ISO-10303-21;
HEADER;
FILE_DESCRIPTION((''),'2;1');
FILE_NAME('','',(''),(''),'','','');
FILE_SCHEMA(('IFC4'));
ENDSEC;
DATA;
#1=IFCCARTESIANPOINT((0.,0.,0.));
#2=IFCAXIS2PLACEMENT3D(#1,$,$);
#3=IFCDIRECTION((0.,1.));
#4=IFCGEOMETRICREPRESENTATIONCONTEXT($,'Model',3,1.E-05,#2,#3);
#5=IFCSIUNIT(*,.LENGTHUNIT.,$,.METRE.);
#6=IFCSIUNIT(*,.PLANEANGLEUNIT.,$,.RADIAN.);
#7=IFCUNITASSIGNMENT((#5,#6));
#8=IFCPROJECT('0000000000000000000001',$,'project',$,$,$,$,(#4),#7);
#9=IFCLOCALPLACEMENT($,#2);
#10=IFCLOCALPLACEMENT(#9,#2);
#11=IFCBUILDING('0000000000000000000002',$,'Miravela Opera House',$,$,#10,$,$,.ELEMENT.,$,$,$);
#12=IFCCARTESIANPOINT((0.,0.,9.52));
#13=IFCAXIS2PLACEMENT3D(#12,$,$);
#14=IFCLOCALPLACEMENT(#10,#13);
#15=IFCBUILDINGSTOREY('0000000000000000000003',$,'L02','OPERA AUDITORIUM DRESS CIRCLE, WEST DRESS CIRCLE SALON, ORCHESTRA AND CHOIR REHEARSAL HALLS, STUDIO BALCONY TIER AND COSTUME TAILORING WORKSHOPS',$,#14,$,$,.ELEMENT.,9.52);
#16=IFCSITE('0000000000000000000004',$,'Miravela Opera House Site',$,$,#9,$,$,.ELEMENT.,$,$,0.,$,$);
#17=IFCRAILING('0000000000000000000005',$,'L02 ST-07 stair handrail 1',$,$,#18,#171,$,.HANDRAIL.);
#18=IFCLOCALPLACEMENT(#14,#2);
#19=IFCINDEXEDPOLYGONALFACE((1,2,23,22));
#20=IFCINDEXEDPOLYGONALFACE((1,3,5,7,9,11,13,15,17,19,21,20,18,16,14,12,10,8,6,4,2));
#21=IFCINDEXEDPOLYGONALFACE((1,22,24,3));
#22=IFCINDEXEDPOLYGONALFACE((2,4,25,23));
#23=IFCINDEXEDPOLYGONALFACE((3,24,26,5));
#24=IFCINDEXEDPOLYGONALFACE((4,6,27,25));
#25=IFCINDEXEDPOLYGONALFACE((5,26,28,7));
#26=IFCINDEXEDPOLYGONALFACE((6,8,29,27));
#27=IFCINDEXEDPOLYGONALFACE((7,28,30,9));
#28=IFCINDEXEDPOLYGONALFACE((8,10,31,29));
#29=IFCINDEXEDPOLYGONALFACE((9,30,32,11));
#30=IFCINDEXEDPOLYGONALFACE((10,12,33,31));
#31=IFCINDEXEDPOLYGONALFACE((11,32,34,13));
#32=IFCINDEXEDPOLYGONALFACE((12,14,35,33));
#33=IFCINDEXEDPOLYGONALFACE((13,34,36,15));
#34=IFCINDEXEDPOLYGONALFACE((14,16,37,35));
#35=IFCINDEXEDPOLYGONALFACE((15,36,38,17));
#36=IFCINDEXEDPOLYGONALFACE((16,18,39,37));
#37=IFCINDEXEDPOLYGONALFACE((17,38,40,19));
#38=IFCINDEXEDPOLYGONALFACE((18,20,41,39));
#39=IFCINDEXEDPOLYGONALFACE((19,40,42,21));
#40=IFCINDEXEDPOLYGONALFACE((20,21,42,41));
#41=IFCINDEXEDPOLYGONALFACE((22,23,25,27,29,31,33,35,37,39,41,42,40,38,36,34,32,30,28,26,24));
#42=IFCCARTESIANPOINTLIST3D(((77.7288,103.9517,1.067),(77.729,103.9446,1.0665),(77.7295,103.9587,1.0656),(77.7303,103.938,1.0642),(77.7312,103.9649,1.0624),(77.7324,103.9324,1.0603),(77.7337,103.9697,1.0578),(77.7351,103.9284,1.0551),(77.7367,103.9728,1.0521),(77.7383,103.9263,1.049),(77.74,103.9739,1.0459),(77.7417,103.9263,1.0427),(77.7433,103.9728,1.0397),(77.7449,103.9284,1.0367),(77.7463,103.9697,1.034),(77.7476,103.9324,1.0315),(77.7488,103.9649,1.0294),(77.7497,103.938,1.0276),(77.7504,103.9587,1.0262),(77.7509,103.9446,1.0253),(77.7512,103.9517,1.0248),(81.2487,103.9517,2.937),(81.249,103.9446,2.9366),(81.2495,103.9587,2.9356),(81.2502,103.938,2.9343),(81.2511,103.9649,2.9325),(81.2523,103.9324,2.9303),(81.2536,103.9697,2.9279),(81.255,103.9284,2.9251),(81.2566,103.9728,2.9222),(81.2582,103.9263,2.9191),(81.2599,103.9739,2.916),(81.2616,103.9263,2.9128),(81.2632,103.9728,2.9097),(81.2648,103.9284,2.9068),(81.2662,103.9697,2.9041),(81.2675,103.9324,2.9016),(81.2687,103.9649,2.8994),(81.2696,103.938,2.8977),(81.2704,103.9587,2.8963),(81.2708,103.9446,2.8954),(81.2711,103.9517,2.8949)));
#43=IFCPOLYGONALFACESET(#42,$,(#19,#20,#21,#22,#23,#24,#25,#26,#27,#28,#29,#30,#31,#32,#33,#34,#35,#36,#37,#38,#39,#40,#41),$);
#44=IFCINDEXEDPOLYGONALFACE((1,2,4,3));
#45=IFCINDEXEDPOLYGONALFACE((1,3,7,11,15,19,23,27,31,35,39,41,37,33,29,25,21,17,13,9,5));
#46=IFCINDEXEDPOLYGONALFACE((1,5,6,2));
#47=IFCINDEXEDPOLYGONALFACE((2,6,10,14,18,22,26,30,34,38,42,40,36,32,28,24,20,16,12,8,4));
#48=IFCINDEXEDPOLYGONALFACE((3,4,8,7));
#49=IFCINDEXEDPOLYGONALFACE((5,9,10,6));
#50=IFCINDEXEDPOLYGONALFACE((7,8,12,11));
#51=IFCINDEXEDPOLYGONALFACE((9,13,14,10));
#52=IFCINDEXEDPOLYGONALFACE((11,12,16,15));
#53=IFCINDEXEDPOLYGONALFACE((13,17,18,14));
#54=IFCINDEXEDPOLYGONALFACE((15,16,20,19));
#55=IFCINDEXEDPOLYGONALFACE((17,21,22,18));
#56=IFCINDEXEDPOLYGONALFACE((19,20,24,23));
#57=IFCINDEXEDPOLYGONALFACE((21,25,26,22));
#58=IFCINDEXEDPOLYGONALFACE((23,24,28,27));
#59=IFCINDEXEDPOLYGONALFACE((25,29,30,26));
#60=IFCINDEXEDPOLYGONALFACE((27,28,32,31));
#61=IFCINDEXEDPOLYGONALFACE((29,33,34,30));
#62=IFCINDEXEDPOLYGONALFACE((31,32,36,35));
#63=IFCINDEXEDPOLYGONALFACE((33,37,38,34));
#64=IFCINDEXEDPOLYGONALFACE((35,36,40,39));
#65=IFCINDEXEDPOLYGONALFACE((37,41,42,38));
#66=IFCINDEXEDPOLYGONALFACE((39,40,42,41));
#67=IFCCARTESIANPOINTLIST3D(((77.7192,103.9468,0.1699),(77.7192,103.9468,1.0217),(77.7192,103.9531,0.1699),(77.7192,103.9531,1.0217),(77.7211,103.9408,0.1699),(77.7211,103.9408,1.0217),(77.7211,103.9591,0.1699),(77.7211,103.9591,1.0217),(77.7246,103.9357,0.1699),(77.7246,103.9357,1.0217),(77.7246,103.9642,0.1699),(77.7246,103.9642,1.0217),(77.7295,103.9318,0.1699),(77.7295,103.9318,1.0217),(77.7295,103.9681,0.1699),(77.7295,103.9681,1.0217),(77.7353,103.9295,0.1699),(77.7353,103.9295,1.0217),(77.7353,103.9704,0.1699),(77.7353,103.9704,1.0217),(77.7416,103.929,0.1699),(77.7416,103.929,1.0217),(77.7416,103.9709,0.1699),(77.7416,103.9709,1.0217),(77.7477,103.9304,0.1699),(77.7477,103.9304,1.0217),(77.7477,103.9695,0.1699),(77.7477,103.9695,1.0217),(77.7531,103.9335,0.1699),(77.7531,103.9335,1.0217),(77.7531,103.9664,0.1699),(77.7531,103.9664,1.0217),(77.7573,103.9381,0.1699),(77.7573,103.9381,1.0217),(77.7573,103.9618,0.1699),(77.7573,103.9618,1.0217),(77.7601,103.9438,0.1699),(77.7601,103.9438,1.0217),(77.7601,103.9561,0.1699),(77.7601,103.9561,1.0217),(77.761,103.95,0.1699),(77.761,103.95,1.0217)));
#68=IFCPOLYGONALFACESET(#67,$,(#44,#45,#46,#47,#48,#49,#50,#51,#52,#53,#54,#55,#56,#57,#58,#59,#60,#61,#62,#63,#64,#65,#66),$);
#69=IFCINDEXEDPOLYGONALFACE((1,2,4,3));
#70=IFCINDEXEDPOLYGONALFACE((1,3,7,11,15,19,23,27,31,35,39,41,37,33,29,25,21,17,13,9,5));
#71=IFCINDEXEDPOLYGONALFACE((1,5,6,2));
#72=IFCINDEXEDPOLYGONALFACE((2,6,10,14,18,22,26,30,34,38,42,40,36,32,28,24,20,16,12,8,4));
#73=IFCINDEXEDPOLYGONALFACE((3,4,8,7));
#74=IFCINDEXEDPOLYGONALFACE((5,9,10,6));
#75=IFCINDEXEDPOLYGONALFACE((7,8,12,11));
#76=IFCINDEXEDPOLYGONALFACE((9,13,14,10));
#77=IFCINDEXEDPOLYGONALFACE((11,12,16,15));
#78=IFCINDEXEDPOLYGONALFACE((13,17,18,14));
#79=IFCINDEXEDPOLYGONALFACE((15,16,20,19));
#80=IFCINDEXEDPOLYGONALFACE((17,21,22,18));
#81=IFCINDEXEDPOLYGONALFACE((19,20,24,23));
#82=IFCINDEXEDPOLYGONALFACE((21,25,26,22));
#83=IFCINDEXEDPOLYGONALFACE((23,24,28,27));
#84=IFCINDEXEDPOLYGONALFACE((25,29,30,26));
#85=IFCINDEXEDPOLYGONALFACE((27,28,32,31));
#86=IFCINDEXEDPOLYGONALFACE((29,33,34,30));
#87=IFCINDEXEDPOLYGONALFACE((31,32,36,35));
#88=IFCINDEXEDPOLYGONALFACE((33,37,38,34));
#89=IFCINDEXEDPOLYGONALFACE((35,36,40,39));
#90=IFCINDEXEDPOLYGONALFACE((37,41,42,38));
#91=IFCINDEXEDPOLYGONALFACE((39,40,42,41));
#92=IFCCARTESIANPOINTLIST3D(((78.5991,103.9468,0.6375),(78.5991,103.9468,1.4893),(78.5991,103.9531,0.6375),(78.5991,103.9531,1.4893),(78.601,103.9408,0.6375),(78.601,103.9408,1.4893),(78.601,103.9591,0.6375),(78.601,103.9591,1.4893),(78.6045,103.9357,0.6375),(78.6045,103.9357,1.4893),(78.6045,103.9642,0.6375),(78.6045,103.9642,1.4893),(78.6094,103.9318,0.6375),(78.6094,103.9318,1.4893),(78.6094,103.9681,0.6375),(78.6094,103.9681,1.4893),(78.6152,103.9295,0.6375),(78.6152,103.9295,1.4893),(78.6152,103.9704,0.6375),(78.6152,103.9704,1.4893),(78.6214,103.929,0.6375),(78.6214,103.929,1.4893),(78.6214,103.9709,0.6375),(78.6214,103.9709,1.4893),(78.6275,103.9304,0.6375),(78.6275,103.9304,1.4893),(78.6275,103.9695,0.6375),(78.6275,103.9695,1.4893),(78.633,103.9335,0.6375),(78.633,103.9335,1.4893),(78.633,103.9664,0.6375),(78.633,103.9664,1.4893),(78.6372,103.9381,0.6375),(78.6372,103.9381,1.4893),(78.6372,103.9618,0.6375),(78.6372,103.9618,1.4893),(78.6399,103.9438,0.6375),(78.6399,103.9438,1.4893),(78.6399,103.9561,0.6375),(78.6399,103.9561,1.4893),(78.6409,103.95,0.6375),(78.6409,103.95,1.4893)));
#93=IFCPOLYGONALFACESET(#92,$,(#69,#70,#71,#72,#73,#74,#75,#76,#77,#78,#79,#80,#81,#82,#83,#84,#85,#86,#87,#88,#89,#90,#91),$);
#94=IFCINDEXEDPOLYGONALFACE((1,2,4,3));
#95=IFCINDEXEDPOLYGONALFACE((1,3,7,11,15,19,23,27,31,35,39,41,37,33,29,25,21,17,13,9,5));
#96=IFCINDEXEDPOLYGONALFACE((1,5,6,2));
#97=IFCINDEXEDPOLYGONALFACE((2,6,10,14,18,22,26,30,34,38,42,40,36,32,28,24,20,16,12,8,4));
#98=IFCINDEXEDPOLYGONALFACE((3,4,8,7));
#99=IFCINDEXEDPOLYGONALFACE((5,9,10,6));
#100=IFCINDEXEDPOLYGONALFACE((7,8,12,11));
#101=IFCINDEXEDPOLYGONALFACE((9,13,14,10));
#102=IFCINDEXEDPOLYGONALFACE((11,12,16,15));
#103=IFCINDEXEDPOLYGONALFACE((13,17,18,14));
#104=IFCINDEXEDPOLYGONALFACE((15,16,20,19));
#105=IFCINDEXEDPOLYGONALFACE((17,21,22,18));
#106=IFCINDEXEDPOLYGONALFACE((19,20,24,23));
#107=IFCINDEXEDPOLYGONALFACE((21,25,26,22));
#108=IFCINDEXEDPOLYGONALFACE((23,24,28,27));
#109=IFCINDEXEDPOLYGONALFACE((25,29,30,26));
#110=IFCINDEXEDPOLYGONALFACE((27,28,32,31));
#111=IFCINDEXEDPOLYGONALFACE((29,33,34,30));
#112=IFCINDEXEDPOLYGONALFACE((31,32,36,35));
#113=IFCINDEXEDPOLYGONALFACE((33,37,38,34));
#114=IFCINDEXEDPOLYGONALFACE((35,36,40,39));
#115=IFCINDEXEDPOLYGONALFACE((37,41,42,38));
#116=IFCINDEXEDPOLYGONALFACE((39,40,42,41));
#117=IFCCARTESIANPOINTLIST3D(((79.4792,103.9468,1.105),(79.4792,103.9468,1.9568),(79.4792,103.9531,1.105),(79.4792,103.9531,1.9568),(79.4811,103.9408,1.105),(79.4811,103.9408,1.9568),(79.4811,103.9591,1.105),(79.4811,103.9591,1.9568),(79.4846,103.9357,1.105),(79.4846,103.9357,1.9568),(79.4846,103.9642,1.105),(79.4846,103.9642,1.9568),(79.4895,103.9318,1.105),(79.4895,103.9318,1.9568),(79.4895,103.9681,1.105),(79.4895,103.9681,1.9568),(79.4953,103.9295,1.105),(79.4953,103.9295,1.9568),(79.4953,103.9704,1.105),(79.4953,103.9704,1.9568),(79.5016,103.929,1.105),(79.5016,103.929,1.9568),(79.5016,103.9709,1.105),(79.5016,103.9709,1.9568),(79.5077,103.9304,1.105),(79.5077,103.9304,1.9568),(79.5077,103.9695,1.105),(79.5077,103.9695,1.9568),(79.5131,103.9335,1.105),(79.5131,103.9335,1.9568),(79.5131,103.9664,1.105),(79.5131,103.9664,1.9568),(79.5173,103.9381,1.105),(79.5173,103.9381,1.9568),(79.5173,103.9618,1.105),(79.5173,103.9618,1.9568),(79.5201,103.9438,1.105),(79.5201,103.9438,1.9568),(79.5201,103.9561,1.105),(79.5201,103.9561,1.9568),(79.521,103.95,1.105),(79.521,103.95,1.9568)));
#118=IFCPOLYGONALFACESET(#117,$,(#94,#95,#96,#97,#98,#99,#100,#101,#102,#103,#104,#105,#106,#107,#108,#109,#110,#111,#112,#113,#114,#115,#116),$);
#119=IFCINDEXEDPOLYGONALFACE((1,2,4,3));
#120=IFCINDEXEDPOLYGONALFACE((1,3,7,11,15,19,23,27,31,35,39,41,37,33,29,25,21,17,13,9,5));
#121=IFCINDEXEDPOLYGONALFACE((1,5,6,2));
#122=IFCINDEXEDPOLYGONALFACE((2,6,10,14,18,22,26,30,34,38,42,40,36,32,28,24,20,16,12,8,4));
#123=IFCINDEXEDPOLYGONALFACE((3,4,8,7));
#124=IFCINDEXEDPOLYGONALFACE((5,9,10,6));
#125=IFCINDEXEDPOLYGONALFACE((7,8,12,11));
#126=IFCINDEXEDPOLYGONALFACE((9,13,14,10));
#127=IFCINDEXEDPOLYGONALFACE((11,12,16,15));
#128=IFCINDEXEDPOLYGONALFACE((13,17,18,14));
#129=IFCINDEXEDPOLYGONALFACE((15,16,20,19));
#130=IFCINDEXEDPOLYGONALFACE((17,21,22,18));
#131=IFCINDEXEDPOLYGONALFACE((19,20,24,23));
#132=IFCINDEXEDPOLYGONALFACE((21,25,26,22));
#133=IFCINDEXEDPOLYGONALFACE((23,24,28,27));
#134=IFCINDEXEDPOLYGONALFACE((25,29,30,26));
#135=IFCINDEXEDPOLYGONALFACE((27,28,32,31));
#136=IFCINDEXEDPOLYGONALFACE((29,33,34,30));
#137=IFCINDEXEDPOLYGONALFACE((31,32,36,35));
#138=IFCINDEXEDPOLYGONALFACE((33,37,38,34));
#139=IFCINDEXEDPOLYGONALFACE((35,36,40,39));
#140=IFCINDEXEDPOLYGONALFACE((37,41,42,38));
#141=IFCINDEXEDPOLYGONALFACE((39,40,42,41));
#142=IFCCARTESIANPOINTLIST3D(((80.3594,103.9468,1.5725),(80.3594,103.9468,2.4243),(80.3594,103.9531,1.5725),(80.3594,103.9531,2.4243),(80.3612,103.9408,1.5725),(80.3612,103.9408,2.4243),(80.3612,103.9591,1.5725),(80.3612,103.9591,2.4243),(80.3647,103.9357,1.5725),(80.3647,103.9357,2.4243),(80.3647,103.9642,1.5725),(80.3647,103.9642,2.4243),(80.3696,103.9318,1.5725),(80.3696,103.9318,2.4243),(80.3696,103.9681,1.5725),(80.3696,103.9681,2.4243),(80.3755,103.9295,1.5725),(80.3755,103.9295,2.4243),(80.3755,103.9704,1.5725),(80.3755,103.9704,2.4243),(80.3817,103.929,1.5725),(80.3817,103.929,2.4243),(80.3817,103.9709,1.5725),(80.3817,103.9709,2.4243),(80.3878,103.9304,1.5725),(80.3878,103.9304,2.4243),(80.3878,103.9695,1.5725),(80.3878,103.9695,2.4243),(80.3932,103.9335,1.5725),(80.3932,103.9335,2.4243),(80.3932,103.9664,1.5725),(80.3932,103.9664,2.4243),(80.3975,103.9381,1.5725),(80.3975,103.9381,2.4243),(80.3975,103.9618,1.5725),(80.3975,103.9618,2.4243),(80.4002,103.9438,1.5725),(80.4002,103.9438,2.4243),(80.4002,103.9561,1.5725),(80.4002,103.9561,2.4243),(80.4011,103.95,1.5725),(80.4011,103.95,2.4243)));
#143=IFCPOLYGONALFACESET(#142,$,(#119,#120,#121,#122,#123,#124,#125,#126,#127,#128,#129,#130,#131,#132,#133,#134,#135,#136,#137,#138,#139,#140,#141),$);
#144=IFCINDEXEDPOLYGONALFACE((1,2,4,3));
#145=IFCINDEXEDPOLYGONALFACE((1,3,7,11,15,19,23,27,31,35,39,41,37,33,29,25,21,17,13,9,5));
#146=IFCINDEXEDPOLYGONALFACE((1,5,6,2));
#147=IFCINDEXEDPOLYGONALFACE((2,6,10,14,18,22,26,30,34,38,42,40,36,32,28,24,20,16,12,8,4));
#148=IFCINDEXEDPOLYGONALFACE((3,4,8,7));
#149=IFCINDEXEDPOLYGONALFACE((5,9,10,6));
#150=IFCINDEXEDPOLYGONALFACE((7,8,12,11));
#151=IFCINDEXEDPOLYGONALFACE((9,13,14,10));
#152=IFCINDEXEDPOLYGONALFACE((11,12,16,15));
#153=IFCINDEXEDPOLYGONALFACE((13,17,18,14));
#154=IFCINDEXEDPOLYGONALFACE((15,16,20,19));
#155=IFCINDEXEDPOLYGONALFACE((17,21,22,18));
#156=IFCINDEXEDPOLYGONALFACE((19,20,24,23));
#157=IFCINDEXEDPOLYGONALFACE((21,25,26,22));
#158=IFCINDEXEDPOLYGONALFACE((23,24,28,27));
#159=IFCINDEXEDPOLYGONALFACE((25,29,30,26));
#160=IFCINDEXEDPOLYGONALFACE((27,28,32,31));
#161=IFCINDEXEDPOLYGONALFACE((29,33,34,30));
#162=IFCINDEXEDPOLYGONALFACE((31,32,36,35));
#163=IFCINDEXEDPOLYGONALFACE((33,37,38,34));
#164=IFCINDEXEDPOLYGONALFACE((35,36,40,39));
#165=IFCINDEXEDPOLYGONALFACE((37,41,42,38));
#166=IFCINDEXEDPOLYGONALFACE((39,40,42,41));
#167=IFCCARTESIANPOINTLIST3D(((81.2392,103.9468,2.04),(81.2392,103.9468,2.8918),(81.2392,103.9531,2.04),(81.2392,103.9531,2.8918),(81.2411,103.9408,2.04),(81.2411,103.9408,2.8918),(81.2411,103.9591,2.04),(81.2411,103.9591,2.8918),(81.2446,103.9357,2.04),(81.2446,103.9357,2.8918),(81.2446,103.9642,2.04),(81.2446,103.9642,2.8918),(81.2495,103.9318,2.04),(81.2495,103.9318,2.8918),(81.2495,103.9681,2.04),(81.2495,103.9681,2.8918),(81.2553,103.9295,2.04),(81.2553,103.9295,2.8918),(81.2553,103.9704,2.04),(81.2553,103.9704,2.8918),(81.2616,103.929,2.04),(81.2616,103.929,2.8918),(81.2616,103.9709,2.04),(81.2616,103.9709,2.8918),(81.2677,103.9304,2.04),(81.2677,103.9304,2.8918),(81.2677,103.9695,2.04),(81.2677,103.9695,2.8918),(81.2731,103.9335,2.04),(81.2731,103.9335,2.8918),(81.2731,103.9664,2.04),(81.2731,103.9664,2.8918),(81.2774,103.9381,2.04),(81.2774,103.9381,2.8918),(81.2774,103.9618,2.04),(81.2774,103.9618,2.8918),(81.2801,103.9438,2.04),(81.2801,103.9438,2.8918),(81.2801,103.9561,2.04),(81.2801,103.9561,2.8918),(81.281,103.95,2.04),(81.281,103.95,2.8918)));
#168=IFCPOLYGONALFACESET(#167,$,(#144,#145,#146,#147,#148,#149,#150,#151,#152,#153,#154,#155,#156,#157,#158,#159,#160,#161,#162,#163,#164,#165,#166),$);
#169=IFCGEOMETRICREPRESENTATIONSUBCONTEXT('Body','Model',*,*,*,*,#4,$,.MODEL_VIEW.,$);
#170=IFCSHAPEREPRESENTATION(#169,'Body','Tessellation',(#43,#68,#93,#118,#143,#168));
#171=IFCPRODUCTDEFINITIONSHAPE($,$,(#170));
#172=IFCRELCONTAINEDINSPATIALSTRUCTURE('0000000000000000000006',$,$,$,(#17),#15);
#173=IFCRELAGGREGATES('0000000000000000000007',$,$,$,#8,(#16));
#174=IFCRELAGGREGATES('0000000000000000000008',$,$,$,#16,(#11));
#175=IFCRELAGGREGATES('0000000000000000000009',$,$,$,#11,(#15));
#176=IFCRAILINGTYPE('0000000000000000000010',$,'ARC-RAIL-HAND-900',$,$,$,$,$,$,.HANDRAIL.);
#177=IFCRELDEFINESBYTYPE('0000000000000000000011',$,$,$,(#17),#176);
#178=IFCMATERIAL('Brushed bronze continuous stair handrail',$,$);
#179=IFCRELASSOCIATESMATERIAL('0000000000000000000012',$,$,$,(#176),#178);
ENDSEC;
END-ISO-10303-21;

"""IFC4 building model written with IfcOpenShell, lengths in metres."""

from ifc_helpers import new_model, si_unit, direction, frame, origin, origin_2d, place, context, subcontext, project, spatial, circle, extrude, material, type_object, element, save


model = new_model("IFC4")

# Units and contexts
model_context = context("Model", 3, precision=1e-05, world=origin(), true_north=direction((0.0, 1.0)))
body_context = subcontext(model_context, "Body", "Model", "MODEL_VIEW")
ifc_project = project(units=[si_unit("LENGTHUNIT", "METRE"), si_unit("PLANEANGLEUNIT", "RADIAN")], contexts=[model_context])

# Site, building, storey
site_placement = place(None, origin())
site = spatial("IfcSite", under=ifc_project, at=site_placement, Name="Miravela Opera House Site", CompositionType="ELEMENT", RefElevation=0.0)
building_placement = place(site_placement, origin())
building = spatial("IfcBuilding", under=site, at=building_placement, Name="Miravela Opera House", CompositionType="ELEMENT")
storey_placement = place(building_placement, frame((0.0, 0.0, 9.52)))
storey = spatial("IfcBuildingStorey", under=building, at=storey_placement, Name="L02", Description="OPERA AUDITORIUM DRESS CIRCLE, WEST DRESS CIRCLE SALON, ORCHESTRA AND CHOIR REHEARSAL HALLS, STUDIO BALCONY TIER AND COSTUME TAILORING WORKSHOPS", CompositionType="ELEMENT", Elevation=9.52)

# Railing
ifc_material_1 = material(Name="Brushed bronze continuous stair handrail")
railing_type_1 = type_object("IfcRailingType", Name="ARC-RAIL-HAND-900", PredefinedType="HANDRAIL", material=ifc_material_1)
railing_1_placement = place(storey_placement, frame((77.74, 103.95, 0.1699)))
element("IfcRailing", 1, at=railing_1_placement, inside=storey, type_object=railing_type_1, Name="L02 ST-07 stair handrail 1", PredefinedType="HANDRAIL", context=body_context, shape_type="SweptSolid", body=[
    extrude(circle(Radius=0.0239, at=origin_2d()), frame((0.0, 0.0, 0.876), z_axis=(0.883105, 0.0, 0.469176), x_axis=(0.0, 1.0, 0.0)), (0.0, 0.0, 1.0), 3.9858),
    extrude(circle(Radius=0.021, at=origin_2d()), origin(), (0.0, 0.0, 1.0), 0.8518),
    extrude(circle(Radius=0.021, at=origin_2d()), frame((0.8799, 0.0, 0.4675)), (0.0, 0.0, 1.0), 0.8518),
    extrude(circle(Radius=0.021, at=origin_2d()), frame((1.76, 0.0, 0.9351)), (0.0, 0.0, 1.0), 0.8518),
    extrude(circle(Radius=0.021, at=origin_2d()), frame((2.6401, 0.0, 1.4026)), (0.0, 0.0, 1.0), 0.8518),
    extrude(circle(Radius=0.021, at=origin_2d()), frame((3.52, 0.0, 1.8701)), (0.0, 0.0, 1.0), 0.8518),
])

save(model, "model.ifc")
